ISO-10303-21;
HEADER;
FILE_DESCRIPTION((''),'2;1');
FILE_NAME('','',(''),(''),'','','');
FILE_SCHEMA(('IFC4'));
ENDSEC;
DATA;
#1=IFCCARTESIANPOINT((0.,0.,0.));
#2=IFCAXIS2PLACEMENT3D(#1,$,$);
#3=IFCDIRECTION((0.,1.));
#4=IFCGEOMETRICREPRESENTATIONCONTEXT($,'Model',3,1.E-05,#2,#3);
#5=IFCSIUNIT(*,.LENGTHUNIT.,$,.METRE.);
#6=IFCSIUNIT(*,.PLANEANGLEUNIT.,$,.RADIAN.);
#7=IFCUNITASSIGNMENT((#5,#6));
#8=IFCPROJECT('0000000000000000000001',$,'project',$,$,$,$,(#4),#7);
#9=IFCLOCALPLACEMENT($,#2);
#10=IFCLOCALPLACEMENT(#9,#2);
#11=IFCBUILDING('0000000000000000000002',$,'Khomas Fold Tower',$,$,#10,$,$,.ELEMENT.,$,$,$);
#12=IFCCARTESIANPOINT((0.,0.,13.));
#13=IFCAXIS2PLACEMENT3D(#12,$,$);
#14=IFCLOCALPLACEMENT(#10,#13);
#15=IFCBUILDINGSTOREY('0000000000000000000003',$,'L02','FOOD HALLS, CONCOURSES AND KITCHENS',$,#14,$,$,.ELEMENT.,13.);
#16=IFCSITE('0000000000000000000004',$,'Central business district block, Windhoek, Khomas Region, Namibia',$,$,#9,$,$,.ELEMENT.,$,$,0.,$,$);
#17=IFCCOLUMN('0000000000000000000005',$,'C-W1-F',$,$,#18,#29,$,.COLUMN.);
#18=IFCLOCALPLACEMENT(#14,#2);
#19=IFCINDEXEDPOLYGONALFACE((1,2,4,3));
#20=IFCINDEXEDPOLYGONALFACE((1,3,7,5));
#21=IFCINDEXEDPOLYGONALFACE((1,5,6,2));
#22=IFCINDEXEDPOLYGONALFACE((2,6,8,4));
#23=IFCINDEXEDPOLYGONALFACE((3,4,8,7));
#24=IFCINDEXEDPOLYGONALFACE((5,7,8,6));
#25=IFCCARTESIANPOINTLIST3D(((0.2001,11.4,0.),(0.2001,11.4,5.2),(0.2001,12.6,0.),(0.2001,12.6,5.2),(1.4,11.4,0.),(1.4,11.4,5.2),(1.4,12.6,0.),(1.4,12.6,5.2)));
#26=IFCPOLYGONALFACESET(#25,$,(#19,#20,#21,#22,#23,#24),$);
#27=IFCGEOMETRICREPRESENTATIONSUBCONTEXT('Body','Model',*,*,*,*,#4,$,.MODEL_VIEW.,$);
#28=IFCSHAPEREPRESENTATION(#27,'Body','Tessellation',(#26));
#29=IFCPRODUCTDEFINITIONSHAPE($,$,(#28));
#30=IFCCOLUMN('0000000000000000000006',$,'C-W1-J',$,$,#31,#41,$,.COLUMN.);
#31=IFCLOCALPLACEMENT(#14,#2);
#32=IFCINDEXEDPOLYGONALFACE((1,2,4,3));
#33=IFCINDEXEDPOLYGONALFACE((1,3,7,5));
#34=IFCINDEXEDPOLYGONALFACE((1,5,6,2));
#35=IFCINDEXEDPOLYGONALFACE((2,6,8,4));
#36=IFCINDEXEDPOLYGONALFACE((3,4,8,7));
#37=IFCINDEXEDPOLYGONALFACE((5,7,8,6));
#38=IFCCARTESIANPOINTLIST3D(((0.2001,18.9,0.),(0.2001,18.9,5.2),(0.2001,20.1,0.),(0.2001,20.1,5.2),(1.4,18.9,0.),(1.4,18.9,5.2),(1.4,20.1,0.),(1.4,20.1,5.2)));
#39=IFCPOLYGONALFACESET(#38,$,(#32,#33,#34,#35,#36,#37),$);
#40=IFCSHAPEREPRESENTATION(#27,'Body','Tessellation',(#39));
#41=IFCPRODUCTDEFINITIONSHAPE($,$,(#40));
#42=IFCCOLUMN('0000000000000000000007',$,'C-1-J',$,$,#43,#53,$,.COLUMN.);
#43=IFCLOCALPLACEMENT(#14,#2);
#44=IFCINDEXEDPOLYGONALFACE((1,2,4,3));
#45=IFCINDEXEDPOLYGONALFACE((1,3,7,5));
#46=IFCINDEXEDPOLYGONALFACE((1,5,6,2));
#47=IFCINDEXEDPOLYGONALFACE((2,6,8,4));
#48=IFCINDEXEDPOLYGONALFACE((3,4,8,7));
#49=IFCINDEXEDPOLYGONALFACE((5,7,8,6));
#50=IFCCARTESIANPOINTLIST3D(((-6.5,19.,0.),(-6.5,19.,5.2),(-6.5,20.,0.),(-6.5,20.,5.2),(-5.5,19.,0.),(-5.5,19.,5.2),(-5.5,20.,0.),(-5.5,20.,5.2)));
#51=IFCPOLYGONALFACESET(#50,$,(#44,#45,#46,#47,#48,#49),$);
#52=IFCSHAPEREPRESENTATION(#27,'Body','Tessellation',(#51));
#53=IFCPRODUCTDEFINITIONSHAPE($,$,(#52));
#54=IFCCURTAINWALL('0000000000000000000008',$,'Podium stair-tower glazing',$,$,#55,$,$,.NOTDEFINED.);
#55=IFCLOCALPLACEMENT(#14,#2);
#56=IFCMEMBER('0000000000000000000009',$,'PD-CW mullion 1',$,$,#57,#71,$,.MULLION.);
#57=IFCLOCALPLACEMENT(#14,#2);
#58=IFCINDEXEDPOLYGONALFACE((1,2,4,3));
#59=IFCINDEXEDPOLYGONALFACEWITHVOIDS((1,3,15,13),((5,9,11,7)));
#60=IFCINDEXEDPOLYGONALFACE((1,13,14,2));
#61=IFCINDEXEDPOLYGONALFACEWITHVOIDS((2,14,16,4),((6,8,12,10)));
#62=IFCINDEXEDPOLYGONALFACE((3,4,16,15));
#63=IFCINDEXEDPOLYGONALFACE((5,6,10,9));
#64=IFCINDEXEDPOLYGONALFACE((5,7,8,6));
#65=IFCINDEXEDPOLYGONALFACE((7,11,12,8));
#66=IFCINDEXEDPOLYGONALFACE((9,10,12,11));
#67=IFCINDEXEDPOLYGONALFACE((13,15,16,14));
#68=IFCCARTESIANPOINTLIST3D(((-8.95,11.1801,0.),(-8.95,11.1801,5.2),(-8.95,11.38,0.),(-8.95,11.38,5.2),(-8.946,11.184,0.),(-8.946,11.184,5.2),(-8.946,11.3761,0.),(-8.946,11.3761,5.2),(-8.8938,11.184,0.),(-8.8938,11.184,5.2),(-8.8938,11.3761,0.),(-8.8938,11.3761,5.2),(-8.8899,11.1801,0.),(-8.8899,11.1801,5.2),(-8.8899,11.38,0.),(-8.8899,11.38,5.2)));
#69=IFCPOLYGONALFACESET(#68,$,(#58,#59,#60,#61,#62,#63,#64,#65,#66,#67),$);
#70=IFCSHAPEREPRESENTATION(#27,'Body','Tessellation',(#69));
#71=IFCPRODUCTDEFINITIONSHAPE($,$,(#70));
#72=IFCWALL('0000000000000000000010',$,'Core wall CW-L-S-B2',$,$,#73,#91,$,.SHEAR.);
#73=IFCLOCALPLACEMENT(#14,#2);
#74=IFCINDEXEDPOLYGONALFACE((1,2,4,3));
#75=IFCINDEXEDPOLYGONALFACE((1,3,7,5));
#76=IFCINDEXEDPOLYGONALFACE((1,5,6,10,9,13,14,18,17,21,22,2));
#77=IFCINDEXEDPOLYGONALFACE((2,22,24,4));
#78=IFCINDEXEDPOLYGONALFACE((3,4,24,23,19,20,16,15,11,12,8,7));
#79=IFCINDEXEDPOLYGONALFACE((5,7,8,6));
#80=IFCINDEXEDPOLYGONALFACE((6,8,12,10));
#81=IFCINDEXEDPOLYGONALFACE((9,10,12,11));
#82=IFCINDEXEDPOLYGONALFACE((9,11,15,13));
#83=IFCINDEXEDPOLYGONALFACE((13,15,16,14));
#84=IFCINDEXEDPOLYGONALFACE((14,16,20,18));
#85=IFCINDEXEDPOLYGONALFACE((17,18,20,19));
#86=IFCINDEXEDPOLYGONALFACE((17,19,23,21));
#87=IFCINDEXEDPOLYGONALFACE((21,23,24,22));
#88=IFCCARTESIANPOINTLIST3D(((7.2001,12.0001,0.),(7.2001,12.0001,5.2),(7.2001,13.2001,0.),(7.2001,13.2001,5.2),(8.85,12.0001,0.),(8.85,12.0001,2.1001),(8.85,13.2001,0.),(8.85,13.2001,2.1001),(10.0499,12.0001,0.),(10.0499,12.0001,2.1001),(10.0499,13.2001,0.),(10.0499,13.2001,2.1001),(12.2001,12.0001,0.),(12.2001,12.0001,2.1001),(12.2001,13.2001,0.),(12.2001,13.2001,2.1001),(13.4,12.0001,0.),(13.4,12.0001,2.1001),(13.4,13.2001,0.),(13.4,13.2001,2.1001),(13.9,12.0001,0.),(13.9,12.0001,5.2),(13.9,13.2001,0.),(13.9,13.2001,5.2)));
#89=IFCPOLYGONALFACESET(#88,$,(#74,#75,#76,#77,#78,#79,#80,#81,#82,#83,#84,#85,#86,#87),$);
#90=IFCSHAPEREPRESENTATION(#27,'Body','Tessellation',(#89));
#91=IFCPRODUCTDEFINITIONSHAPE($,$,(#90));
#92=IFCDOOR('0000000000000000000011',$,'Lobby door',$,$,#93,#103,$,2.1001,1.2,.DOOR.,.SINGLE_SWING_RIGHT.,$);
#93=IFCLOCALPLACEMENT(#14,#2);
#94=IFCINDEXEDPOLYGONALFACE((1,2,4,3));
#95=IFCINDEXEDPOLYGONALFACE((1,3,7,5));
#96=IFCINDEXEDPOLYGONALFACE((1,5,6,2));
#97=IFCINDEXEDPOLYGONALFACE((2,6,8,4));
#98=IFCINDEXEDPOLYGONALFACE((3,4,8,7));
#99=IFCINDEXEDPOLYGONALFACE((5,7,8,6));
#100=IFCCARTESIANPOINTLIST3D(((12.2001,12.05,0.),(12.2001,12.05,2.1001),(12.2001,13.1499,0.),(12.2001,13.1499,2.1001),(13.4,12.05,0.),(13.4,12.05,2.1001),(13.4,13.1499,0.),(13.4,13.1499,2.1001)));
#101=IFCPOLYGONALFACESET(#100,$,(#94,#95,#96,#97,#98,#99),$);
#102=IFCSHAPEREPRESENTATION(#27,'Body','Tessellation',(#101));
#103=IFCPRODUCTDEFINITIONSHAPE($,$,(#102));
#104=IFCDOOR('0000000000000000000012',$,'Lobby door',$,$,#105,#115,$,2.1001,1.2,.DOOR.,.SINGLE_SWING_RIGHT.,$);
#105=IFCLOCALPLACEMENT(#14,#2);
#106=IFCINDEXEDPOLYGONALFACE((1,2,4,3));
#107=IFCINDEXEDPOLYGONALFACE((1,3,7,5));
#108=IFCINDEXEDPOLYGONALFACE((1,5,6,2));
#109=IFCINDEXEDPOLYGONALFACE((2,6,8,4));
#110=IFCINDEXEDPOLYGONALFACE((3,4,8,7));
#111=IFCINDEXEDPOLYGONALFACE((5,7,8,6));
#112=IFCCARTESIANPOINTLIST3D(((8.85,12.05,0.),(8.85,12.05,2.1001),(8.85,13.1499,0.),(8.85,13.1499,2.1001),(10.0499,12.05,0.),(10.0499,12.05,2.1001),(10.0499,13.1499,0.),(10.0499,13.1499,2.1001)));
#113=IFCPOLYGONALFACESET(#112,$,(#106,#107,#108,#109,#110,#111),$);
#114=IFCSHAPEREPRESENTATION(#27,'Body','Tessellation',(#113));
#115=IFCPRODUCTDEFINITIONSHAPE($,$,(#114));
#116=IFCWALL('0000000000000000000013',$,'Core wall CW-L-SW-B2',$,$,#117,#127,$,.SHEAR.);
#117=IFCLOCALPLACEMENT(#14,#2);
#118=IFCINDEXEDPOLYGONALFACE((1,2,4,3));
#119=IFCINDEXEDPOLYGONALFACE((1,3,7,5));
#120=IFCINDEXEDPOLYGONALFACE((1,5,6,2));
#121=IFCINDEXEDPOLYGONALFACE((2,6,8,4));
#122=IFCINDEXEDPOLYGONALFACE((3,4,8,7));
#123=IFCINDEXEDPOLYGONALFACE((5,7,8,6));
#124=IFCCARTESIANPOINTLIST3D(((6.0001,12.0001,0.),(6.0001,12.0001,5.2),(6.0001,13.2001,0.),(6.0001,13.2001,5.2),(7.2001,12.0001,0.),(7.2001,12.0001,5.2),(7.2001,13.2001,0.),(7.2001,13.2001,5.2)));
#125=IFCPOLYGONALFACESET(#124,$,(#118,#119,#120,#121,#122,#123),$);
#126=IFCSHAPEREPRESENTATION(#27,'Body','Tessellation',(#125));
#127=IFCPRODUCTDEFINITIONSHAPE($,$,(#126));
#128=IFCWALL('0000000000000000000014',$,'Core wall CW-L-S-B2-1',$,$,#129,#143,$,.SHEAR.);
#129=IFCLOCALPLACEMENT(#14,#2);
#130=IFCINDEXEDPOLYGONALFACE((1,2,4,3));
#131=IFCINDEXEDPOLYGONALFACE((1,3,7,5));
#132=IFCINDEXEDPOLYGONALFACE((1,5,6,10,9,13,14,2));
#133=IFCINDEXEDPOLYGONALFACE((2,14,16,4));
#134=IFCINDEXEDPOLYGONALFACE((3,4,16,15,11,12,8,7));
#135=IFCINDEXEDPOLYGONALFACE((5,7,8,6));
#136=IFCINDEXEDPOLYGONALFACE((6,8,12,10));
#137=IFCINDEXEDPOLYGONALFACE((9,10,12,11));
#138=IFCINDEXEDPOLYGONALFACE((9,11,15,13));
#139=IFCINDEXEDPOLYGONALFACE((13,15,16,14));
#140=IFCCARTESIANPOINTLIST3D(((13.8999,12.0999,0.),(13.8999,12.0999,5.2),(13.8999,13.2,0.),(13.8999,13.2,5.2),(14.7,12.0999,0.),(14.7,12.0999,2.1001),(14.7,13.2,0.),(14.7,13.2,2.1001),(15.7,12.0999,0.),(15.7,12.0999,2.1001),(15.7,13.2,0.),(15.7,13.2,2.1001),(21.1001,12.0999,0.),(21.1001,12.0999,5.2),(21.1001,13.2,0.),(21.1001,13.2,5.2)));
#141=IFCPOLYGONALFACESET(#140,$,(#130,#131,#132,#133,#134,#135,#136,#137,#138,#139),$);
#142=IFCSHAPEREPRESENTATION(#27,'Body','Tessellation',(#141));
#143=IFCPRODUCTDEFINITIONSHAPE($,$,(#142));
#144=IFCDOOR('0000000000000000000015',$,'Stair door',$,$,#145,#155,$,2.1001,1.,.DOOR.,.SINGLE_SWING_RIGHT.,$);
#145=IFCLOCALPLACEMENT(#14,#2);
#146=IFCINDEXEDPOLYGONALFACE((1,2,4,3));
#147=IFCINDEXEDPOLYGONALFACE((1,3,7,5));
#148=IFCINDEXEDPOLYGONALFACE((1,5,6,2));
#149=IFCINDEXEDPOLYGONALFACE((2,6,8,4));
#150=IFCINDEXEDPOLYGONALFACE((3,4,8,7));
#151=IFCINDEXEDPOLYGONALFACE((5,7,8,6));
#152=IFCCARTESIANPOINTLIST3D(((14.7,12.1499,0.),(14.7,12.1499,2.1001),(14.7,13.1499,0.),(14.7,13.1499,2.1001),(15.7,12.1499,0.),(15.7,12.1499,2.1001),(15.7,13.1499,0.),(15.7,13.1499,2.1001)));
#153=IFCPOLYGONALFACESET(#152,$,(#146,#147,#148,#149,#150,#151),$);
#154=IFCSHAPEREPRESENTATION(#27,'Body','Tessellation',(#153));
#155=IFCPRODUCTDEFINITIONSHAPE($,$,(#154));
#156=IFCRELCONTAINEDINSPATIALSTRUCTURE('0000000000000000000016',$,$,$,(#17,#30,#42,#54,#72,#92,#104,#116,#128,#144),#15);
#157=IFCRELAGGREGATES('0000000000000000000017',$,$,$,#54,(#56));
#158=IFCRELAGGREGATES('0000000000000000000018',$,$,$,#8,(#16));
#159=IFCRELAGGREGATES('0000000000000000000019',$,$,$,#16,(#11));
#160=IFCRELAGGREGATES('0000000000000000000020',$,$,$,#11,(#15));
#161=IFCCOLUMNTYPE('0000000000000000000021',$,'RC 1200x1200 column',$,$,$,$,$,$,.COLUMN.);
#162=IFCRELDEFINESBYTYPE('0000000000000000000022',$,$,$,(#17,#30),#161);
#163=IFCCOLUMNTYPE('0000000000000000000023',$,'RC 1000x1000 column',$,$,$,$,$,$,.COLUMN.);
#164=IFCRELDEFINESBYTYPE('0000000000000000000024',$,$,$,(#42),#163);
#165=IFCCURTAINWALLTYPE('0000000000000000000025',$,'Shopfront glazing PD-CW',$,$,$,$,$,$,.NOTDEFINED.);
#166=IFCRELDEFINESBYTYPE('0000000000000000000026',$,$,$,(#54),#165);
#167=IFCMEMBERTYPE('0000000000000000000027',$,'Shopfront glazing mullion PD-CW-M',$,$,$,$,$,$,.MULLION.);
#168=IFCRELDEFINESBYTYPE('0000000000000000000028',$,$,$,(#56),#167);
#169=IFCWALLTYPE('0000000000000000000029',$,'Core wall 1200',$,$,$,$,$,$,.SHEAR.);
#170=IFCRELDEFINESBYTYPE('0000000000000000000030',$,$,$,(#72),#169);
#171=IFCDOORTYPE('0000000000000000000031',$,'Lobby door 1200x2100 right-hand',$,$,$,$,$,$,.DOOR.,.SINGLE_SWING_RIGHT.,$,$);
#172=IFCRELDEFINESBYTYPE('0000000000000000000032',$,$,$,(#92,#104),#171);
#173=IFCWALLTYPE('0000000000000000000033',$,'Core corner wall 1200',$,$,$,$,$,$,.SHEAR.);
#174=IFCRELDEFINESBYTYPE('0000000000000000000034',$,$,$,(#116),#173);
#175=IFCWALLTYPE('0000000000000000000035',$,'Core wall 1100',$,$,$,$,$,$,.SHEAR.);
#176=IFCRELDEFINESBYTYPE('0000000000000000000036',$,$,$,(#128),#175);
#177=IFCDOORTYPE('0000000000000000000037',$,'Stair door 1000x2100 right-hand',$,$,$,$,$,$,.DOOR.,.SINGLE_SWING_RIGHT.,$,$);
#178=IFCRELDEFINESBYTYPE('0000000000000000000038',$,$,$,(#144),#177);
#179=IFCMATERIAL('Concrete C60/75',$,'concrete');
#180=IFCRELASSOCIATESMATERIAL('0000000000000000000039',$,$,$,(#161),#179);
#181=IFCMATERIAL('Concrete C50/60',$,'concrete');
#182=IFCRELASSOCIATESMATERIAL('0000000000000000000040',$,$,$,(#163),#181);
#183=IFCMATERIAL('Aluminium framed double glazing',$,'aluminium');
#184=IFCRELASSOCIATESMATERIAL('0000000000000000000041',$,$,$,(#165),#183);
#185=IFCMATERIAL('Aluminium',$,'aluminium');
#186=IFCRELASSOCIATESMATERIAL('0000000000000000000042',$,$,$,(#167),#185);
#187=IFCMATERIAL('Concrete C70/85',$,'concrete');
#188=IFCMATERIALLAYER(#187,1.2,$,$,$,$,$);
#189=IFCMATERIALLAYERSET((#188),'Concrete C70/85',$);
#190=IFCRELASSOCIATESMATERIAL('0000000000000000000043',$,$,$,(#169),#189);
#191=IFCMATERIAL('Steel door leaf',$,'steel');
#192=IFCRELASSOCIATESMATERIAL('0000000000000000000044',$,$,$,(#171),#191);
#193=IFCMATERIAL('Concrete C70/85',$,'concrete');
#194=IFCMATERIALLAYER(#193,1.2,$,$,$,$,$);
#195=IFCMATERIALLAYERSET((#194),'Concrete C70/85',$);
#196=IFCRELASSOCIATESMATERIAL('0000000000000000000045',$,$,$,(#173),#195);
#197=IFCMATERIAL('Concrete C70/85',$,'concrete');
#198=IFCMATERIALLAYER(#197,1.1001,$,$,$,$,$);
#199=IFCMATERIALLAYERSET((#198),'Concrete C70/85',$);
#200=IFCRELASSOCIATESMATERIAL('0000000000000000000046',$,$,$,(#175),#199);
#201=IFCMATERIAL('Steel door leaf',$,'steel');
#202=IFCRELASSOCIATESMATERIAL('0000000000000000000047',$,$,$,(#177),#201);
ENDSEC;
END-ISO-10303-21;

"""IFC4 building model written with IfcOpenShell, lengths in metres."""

from ifc_helpers import new_model, si_unit, direction, frame, frame_2d, origin, origin_2d, place, context, subcontext, project, spatial, rectangle, hollow_rectangle, extrude, source, transform, mapped, material, layer, layer_set, material_profile, profile_set, type_object, element, fill, aggregate, save


model = new_model("IFC4")

# Units and contexts
model_context = context("Model", 3, precision=1e-05, world=origin(), true_north=direction((0.0, 1.0)))
body_context = subcontext(model_context, "Body", "Model", "MODEL_VIEW")
ifc_project = project(units=[si_unit("LENGTHUNIT", "METRE"), si_unit("PLANEANGLEUNIT", "RADIAN")], contexts=[model_context])

# Site, building, storey
site_placement = place(None, origin())
site = spatial("IfcSite", under=ifc_project, at=site_placement, Name="Central business district block, Windhoek, Khomas Region, Namibia", CompositionType="ELEMENT", RefElevation=0.0)
building_placement = place(site_placement, origin())
building = spatial("IfcBuilding", under=site, at=building_placement, Name="Khomas Fold Tower", CompositionType="ELEMENT")
storey_placement = place(building_placement, frame((0.0, 0.0, 13.0)))
storey = spatial("IfcBuildingStorey", under=building, at=storey_placement, Name="L02", Description="FOOD HALLS, CONCOURSES AND KITCHENS", CompositionType="ELEMENT", Elevation=13.0)

# Columns
ifc_material_1 = material(Name="Concrete C60/75", Category="concrete")
ifc_material_profile_1 = material_profile(ifc_material_1, rectangle(XDim=1.2, YDim=1.2, at=origin_2d()), Name="RC 1200x1200")
ifc_profile_set_1 = profile_set([ifc_material_profile_1], Name="Concrete C60/75")
column_type_1 = type_object("IfcColumnType", Name="RC 1200x1200 column", PredefinedType="COLUMN", material=ifc_profile_set_1)
shared_shape_1 = source(origin(), body_context, "Body", "SweptSolid", [
    extrude(rectangle(XDim=1.2, YDim=1.2, at=origin_2d()), origin(), (0.0, 0.0, 1.0), 5.2),
])
for number, where, z_axis, x_axis, name in (
    (1, (0.8, 12.0, 0.0), (0.0, 0.0, 1.0), (1.0, 0.0, 0.0), "C-W1-F"),
    (2, (0.8, 19.5, 0.0), (0.0, 0.0, 1.0), (1.0, 0.0, 0.0), "C-W1-J"),
):
    element("IfcColumn", number, at=place(storey_placement, frame(where, z_axis=z_axis, x_axis=x_axis)), inside=storey, type_object=column_type_1, Name=name, PredefinedType="COLUMN", context=body_context, shape_type="MappedRepresentation", body=[
        mapped(shared_shape_1, transform((0.0, 0.0, 0.0))),
    ])
ifc_material_2 = material(Name="Concrete C50/60", Category="concrete")
ifc_material_profile_2 = material_profile(ifc_material_2, rectangle(XDim=1.0, YDim=1.0, at=origin_2d()), Name="RC 1000x1000")
ifc_profile_set_2 = profile_set([ifc_material_profile_2], Name="Concrete C50/60")
column_type_2 = type_object("IfcColumnType", Name="RC 1000x1000 column", PredefinedType="COLUMN", material=ifc_profile_set_2)
shared_shape_2 = source(origin(), body_context, "Body", "SweptSolid", [
    extrude(rectangle(XDim=1.0, YDim=1.0, at=origin_2d()), origin(), (0.0, 0.0, 1.0), 5.2),
])
column_placement = place(storey_placement, frame((-6.0, 19.5, 0.0), z_axis=(0.0, 0.0, 1.0), x_axis=(1.0, 0.0, 0.0)))
element("IfcColumn", 3, at=column_placement, inside=storey, type_object=column_type_2, Name="C-1-J", PredefinedType="COLUMN", context=body_context, shape_type="MappedRepresentation", body=[
    mapped(shared_shape_2, transform((0.0, 0.0, 0.0))),
])

# Curtain wall, member
ifc_material_3 = material(Name="Aluminium framed double glazing", Category="aluminium")
curtain_wall_type = type_object("IfcCurtainWallType", Name="Shopfront glazing PD-CW", PredefinedType="NOTDEFINED", material=ifc_material_3)
curtain_wall_placement = place(storey_placement, origin())
curtain_wall = element("IfcCurtainWall", 4, at=curtain_wall_placement, inside=storey, type_object=curtain_wall_type, Name="Podium stair-tower glazing", PredefinedType="NOTDEFINED")
ifc_material_4 = material(Name="Aluminium", Category="aluminium")
ifc_material_profile_3 = material_profile(ifc_material_4, hollow_rectangle(XDim=0.0601, YDim=0.2, WallThickness=0.0039, at=origin_2d()), Name="Shopfront glazing mullion PD-CW-M")
ifc_profile_set_3 = profile_set([ifc_material_profile_3], Name="Aluminium")
member_type = type_object("IfcMemberType", Name="Shopfront glazing mullion PD-CW-M", PredefinedType="MULLION", material=ifc_profile_set_3)
shared_shape_3 = source(origin(), body_context, "Body", "SweptSolid", [
    extrude(hollow_rectangle(XDim=0.0601, YDim=0.2, WallThickness=0.0039, at=origin_2d()), origin(), (0.0, 0.0, 1.0), 5.2),
])
member_placement = place(storey_placement, frame((-8.9199, 11.28, 0.0), z_axis=(0.0, 0.0, 1.0), x_axis=(1.0, 0.0, 0.0)))
member = element("IfcMember", 5, at=member_placement, type_object=member_type, Name="PD-CW mullion 1", PredefinedType="MULLION", context=body_context, shape_type="MappedRepresentation", body=[
    mapped(shared_shape_3, transform((0.0, 0.0, 0.0))),
])
aggregate(curtain_wall, [member])

# Wall, openings, doors
ifc_material_5 = material(Name="Concrete C70/85", Category="concrete")
ifc_layer_1 = layer(ifc_material_5, 1.2)
ifc_layer_set_1 = layer_set([ifc_layer_1], Name="Concrete C70/85")
wall_type_1 = type_object("IfcWallType", Name="Core wall 1200", PredefinedType="SHEAR", material=ifc_layer_set_1)
shared_shape_4 = source(origin(), body_context, "Body", "SweptSolid", [
    extrude(rectangle(XDim=6.7, YDim=1.2, at=frame_2d((3.3501, 0.0))), origin(), (0.0, 0.0, 1.0), 5.2),
])
wall_1_placement = place(storey_placement, frame((7.2, 12.6001, 0.0), z_axis=(0.0, 0.0, 1.0), x_axis=(1.0, 0.0, 0.0)))
wall_1 = element("IfcWall", 6, at=wall_1_placement, inside=storey, type_object=wall_type_1, Name="Core wall CW-L-S-B2", PredefinedType="SHEAR", context=body_context, shape_type="MappedRepresentation", body=[
    mapped(shared_shape_4, transform((0.0, 0.0, 0.0))),
])
shared_shape_5 = source(origin(), body_context, "Body", "SweptSolid", [
    extrude(rectangle(XDim=1.2, YDim=2.1001, at=frame_2d((0.6001, 1.05))), frame((0.0, 0.6099, 0.0), z_axis=(0.0, -1.0, 0.0), x_axis=(1.0, 0.0, 0.0)), (0.0, 0.0, 1.0), 1.22),
])
opening_1_placement = place(wall_1_placement, frame((5.0, 0.0, 0.0)))
opening_1 = element("IfcOpeningElement", 7, at=opening_1_placement, cuts=wall_1, PredefinedType="OPENING", context=body_context, shape_type="MappedRepresentation", body=[
    mapped(shared_shape_5, transform((0.0, 0.0, 0.0))),
])
opening_2_placement = place(wall_1_placement, frame((1.6499, 0.0, 0.0)))
opening_2 = element("IfcOpeningElement", 8, at=opening_2_placement, cuts=wall_1, PredefinedType="OPENING", context=body_context, shape_type="MappedRepresentation", body=[
    mapped(shared_shape_5, transform((0.0, 0.0, 0.0))),
])
ifc_material_6 = material(Name="Steel door leaf", Category="steel")
door_type_1 = type_object("IfcDoorType", Name="Lobby door 1200x2100 right-hand", OperationType="SINGLE_SWING_RIGHT", PredefinedType="DOOR", material=ifc_material_6)
shared_shape_6 = source(origin(), body_context, "Body", "SweptSolid", [
    extrude(rectangle(XDim=1.2, YDim=2.1001, at=frame_2d((0.6001, 1.05))), frame((0.0, 0.5498, 0.0), z_axis=(0.0, -1.0, 0.0), x_axis=(1.0, 0.0, 0.0)), (0.0, 0.0, 1.0), 1.0999),
])
door_1_placement = place(opening_1_placement, origin())
door_1 = element("IfcDoor", 9, at=door_1_placement, inside=storey, type_object=door_type_1, Name="Lobby door", OperationType="SINGLE_SWING_RIGHT", OverallHeight=2.1001, OverallWidth=1.2, PredefinedType="DOOR", context=body_context, shape_type="MappedRepresentation", body=[
    mapped(shared_shape_6, transform((0.0, 0.0, 0.0))),
])
fill(opening_1, door_1)
door_2_placement = place(opening_2_placement, origin())
door_2 = element("IfcDoor", 10, at=door_2_placement, inside=storey, type_object=door_type_1, Name="Lobby door", OperationType="SINGLE_SWING_RIGHT", OverallHeight=2.1001, OverallWidth=1.2, PredefinedType="DOOR", context=body_context, shape_type="MappedRepresentation", body=[
    mapped(shared_shape_6, transform((0.0, 0.0, 0.0))),
])
fill(opening_2, door_2)

# Wall
ifc_material_7 = material(Name="Concrete C70/85", Category="concrete")
ifc_layer_2 = layer(ifc_material_7, 1.2)
ifc_layer_set_2 = layer_set([ifc_layer_2], Name="Concrete C70/85")
wall_type_2 = type_object("IfcWallType", Name="Core corner wall 1200", PredefinedType="SHEAR", material=ifc_layer_set_2)
shared_shape_7 = source(origin(), body_context, "Body", "SweptSolid", [
    extrude(rectangle(XDim=1.2, YDim=1.2, at=frame_2d((0.6001, 0.0))), origin(), (0.0, 0.0, 1.0), 5.2),
])
wall_2_placement = place(storey_placement, frame((6.0, 12.6001, 0.0), z_axis=(0.0, 0.0, 1.0), x_axis=(1.0, 0.0, 0.0)))
element("IfcWall", 11, at=wall_2_placement, inside=storey, type_object=wall_type_2, Name="Core wall CW-L-SW-B2", PredefinedType="SHEAR", context=body_context, shape_type="MappedRepresentation", body=[
    mapped(shared_shape_7, transform((0.0, 0.0, 0.0))),
])

# Wall, opening, door
ifc_material_8 = material(Name="Concrete C70/85", Category="concrete")
ifc_layer_3 = layer(ifc_material_8, 1.1001)
ifc_layer_set_3 = layer_set([ifc_layer_3], Name="Concrete C70/85")
wall_type_3 = type_object("IfcWallType", Name="Core wall 1100", PredefinedType="SHEAR", material=ifc_layer_set_3)
shared_shape_8 = source(origin(), body_context, "Body", "SweptSolid", [
    extrude(rectangle(XDim=7.2002, YDim=1.1001, at=frame_2d((3.6001, 0.0))), origin(), (0.0, 0.0, 1.0), 5.2),
])
wall_3_placement = place(storey_placement, frame((13.8999, 12.6499, 0.0), z_axis=(0.0, 0.0, 1.0), x_axis=(1.0, 0.0, 0.0)))
wall_3 = element("IfcWall", 12, at=wall_3_placement, inside=storey, type_object=wall_type_3, Name="Core wall CW-L-S-B2-1", PredefinedType="SHEAR", context=body_context, shape_type="MappedRepresentation", body=[
    mapped(shared_shape_8, transform((0.0, 0.0, 0.0))),
])
shared_shape_9 = source(origin(), body_context, "Body", "SweptSolid", [
    extrude(rectangle(XDim=1.0, YDim=2.1001, at=frame_2d((0.5, 1.05))), frame((0.0, 0.5601, 0.0), z_axis=(0.0, -1.0, 0.0), x_axis=(1.0, 0.0, 0.0)), (0.0, 0.0, 1.0), 1.1201),
])
opening_3_placement = place(wall_3_placement, frame((0.8, 0.0, 0.0)))
opening_3 = element("IfcOpeningElement", 13, at=opening_3_placement, cuts=wall_3, PredefinedType="OPENING", context=body_context, shape_type="MappedRepresentation", body=[
    mapped(shared_shape_9, transform((0.0, 0.0, 0.0))),
])
ifc_material_9 = material(Name="Steel door leaf", Category="steel")
door_type_2 = type_object("IfcDoorType", Name="Stair door 1000x2100 right-hand", OperationType="SINGLE_SWING_RIGHT", PredefinedType="DOOR", material=ifc_material_9)
shared_shape_10 = source(origin(), body_context, "Body", "SweptSolid", [
    extrude(rectangle(XDim=1.0, YDim=2.1001, at=frame_2d((0.5, 1.05))), frame((0.0, 0.5, 0.0), z_axis=(0.0, -1.0, 0.0), x_axis=(1.0, 0.0, 0.0)), (0.0, 0.0, 1.0), 1.0),
])
door_3_placement = place(opening_3_placement, origin())
door_3 = element("IfcDoor", 14, at=door_3_placement, inside=storey, type_object=door_type_2, Name="Stair door", OperationType="SINGLE_SWING_RIGHT", OverallHeight=2.1001, OverallWidth=1.0, PredefinedType="DOOR", context=body_context, shape_type="MappedRepresentation", body=[
    mapped(shared_shape_10, transform((0.0, 0.0, 0.0))),
])
fill(opening_3, door_3)

save(model, "model.ifc")
